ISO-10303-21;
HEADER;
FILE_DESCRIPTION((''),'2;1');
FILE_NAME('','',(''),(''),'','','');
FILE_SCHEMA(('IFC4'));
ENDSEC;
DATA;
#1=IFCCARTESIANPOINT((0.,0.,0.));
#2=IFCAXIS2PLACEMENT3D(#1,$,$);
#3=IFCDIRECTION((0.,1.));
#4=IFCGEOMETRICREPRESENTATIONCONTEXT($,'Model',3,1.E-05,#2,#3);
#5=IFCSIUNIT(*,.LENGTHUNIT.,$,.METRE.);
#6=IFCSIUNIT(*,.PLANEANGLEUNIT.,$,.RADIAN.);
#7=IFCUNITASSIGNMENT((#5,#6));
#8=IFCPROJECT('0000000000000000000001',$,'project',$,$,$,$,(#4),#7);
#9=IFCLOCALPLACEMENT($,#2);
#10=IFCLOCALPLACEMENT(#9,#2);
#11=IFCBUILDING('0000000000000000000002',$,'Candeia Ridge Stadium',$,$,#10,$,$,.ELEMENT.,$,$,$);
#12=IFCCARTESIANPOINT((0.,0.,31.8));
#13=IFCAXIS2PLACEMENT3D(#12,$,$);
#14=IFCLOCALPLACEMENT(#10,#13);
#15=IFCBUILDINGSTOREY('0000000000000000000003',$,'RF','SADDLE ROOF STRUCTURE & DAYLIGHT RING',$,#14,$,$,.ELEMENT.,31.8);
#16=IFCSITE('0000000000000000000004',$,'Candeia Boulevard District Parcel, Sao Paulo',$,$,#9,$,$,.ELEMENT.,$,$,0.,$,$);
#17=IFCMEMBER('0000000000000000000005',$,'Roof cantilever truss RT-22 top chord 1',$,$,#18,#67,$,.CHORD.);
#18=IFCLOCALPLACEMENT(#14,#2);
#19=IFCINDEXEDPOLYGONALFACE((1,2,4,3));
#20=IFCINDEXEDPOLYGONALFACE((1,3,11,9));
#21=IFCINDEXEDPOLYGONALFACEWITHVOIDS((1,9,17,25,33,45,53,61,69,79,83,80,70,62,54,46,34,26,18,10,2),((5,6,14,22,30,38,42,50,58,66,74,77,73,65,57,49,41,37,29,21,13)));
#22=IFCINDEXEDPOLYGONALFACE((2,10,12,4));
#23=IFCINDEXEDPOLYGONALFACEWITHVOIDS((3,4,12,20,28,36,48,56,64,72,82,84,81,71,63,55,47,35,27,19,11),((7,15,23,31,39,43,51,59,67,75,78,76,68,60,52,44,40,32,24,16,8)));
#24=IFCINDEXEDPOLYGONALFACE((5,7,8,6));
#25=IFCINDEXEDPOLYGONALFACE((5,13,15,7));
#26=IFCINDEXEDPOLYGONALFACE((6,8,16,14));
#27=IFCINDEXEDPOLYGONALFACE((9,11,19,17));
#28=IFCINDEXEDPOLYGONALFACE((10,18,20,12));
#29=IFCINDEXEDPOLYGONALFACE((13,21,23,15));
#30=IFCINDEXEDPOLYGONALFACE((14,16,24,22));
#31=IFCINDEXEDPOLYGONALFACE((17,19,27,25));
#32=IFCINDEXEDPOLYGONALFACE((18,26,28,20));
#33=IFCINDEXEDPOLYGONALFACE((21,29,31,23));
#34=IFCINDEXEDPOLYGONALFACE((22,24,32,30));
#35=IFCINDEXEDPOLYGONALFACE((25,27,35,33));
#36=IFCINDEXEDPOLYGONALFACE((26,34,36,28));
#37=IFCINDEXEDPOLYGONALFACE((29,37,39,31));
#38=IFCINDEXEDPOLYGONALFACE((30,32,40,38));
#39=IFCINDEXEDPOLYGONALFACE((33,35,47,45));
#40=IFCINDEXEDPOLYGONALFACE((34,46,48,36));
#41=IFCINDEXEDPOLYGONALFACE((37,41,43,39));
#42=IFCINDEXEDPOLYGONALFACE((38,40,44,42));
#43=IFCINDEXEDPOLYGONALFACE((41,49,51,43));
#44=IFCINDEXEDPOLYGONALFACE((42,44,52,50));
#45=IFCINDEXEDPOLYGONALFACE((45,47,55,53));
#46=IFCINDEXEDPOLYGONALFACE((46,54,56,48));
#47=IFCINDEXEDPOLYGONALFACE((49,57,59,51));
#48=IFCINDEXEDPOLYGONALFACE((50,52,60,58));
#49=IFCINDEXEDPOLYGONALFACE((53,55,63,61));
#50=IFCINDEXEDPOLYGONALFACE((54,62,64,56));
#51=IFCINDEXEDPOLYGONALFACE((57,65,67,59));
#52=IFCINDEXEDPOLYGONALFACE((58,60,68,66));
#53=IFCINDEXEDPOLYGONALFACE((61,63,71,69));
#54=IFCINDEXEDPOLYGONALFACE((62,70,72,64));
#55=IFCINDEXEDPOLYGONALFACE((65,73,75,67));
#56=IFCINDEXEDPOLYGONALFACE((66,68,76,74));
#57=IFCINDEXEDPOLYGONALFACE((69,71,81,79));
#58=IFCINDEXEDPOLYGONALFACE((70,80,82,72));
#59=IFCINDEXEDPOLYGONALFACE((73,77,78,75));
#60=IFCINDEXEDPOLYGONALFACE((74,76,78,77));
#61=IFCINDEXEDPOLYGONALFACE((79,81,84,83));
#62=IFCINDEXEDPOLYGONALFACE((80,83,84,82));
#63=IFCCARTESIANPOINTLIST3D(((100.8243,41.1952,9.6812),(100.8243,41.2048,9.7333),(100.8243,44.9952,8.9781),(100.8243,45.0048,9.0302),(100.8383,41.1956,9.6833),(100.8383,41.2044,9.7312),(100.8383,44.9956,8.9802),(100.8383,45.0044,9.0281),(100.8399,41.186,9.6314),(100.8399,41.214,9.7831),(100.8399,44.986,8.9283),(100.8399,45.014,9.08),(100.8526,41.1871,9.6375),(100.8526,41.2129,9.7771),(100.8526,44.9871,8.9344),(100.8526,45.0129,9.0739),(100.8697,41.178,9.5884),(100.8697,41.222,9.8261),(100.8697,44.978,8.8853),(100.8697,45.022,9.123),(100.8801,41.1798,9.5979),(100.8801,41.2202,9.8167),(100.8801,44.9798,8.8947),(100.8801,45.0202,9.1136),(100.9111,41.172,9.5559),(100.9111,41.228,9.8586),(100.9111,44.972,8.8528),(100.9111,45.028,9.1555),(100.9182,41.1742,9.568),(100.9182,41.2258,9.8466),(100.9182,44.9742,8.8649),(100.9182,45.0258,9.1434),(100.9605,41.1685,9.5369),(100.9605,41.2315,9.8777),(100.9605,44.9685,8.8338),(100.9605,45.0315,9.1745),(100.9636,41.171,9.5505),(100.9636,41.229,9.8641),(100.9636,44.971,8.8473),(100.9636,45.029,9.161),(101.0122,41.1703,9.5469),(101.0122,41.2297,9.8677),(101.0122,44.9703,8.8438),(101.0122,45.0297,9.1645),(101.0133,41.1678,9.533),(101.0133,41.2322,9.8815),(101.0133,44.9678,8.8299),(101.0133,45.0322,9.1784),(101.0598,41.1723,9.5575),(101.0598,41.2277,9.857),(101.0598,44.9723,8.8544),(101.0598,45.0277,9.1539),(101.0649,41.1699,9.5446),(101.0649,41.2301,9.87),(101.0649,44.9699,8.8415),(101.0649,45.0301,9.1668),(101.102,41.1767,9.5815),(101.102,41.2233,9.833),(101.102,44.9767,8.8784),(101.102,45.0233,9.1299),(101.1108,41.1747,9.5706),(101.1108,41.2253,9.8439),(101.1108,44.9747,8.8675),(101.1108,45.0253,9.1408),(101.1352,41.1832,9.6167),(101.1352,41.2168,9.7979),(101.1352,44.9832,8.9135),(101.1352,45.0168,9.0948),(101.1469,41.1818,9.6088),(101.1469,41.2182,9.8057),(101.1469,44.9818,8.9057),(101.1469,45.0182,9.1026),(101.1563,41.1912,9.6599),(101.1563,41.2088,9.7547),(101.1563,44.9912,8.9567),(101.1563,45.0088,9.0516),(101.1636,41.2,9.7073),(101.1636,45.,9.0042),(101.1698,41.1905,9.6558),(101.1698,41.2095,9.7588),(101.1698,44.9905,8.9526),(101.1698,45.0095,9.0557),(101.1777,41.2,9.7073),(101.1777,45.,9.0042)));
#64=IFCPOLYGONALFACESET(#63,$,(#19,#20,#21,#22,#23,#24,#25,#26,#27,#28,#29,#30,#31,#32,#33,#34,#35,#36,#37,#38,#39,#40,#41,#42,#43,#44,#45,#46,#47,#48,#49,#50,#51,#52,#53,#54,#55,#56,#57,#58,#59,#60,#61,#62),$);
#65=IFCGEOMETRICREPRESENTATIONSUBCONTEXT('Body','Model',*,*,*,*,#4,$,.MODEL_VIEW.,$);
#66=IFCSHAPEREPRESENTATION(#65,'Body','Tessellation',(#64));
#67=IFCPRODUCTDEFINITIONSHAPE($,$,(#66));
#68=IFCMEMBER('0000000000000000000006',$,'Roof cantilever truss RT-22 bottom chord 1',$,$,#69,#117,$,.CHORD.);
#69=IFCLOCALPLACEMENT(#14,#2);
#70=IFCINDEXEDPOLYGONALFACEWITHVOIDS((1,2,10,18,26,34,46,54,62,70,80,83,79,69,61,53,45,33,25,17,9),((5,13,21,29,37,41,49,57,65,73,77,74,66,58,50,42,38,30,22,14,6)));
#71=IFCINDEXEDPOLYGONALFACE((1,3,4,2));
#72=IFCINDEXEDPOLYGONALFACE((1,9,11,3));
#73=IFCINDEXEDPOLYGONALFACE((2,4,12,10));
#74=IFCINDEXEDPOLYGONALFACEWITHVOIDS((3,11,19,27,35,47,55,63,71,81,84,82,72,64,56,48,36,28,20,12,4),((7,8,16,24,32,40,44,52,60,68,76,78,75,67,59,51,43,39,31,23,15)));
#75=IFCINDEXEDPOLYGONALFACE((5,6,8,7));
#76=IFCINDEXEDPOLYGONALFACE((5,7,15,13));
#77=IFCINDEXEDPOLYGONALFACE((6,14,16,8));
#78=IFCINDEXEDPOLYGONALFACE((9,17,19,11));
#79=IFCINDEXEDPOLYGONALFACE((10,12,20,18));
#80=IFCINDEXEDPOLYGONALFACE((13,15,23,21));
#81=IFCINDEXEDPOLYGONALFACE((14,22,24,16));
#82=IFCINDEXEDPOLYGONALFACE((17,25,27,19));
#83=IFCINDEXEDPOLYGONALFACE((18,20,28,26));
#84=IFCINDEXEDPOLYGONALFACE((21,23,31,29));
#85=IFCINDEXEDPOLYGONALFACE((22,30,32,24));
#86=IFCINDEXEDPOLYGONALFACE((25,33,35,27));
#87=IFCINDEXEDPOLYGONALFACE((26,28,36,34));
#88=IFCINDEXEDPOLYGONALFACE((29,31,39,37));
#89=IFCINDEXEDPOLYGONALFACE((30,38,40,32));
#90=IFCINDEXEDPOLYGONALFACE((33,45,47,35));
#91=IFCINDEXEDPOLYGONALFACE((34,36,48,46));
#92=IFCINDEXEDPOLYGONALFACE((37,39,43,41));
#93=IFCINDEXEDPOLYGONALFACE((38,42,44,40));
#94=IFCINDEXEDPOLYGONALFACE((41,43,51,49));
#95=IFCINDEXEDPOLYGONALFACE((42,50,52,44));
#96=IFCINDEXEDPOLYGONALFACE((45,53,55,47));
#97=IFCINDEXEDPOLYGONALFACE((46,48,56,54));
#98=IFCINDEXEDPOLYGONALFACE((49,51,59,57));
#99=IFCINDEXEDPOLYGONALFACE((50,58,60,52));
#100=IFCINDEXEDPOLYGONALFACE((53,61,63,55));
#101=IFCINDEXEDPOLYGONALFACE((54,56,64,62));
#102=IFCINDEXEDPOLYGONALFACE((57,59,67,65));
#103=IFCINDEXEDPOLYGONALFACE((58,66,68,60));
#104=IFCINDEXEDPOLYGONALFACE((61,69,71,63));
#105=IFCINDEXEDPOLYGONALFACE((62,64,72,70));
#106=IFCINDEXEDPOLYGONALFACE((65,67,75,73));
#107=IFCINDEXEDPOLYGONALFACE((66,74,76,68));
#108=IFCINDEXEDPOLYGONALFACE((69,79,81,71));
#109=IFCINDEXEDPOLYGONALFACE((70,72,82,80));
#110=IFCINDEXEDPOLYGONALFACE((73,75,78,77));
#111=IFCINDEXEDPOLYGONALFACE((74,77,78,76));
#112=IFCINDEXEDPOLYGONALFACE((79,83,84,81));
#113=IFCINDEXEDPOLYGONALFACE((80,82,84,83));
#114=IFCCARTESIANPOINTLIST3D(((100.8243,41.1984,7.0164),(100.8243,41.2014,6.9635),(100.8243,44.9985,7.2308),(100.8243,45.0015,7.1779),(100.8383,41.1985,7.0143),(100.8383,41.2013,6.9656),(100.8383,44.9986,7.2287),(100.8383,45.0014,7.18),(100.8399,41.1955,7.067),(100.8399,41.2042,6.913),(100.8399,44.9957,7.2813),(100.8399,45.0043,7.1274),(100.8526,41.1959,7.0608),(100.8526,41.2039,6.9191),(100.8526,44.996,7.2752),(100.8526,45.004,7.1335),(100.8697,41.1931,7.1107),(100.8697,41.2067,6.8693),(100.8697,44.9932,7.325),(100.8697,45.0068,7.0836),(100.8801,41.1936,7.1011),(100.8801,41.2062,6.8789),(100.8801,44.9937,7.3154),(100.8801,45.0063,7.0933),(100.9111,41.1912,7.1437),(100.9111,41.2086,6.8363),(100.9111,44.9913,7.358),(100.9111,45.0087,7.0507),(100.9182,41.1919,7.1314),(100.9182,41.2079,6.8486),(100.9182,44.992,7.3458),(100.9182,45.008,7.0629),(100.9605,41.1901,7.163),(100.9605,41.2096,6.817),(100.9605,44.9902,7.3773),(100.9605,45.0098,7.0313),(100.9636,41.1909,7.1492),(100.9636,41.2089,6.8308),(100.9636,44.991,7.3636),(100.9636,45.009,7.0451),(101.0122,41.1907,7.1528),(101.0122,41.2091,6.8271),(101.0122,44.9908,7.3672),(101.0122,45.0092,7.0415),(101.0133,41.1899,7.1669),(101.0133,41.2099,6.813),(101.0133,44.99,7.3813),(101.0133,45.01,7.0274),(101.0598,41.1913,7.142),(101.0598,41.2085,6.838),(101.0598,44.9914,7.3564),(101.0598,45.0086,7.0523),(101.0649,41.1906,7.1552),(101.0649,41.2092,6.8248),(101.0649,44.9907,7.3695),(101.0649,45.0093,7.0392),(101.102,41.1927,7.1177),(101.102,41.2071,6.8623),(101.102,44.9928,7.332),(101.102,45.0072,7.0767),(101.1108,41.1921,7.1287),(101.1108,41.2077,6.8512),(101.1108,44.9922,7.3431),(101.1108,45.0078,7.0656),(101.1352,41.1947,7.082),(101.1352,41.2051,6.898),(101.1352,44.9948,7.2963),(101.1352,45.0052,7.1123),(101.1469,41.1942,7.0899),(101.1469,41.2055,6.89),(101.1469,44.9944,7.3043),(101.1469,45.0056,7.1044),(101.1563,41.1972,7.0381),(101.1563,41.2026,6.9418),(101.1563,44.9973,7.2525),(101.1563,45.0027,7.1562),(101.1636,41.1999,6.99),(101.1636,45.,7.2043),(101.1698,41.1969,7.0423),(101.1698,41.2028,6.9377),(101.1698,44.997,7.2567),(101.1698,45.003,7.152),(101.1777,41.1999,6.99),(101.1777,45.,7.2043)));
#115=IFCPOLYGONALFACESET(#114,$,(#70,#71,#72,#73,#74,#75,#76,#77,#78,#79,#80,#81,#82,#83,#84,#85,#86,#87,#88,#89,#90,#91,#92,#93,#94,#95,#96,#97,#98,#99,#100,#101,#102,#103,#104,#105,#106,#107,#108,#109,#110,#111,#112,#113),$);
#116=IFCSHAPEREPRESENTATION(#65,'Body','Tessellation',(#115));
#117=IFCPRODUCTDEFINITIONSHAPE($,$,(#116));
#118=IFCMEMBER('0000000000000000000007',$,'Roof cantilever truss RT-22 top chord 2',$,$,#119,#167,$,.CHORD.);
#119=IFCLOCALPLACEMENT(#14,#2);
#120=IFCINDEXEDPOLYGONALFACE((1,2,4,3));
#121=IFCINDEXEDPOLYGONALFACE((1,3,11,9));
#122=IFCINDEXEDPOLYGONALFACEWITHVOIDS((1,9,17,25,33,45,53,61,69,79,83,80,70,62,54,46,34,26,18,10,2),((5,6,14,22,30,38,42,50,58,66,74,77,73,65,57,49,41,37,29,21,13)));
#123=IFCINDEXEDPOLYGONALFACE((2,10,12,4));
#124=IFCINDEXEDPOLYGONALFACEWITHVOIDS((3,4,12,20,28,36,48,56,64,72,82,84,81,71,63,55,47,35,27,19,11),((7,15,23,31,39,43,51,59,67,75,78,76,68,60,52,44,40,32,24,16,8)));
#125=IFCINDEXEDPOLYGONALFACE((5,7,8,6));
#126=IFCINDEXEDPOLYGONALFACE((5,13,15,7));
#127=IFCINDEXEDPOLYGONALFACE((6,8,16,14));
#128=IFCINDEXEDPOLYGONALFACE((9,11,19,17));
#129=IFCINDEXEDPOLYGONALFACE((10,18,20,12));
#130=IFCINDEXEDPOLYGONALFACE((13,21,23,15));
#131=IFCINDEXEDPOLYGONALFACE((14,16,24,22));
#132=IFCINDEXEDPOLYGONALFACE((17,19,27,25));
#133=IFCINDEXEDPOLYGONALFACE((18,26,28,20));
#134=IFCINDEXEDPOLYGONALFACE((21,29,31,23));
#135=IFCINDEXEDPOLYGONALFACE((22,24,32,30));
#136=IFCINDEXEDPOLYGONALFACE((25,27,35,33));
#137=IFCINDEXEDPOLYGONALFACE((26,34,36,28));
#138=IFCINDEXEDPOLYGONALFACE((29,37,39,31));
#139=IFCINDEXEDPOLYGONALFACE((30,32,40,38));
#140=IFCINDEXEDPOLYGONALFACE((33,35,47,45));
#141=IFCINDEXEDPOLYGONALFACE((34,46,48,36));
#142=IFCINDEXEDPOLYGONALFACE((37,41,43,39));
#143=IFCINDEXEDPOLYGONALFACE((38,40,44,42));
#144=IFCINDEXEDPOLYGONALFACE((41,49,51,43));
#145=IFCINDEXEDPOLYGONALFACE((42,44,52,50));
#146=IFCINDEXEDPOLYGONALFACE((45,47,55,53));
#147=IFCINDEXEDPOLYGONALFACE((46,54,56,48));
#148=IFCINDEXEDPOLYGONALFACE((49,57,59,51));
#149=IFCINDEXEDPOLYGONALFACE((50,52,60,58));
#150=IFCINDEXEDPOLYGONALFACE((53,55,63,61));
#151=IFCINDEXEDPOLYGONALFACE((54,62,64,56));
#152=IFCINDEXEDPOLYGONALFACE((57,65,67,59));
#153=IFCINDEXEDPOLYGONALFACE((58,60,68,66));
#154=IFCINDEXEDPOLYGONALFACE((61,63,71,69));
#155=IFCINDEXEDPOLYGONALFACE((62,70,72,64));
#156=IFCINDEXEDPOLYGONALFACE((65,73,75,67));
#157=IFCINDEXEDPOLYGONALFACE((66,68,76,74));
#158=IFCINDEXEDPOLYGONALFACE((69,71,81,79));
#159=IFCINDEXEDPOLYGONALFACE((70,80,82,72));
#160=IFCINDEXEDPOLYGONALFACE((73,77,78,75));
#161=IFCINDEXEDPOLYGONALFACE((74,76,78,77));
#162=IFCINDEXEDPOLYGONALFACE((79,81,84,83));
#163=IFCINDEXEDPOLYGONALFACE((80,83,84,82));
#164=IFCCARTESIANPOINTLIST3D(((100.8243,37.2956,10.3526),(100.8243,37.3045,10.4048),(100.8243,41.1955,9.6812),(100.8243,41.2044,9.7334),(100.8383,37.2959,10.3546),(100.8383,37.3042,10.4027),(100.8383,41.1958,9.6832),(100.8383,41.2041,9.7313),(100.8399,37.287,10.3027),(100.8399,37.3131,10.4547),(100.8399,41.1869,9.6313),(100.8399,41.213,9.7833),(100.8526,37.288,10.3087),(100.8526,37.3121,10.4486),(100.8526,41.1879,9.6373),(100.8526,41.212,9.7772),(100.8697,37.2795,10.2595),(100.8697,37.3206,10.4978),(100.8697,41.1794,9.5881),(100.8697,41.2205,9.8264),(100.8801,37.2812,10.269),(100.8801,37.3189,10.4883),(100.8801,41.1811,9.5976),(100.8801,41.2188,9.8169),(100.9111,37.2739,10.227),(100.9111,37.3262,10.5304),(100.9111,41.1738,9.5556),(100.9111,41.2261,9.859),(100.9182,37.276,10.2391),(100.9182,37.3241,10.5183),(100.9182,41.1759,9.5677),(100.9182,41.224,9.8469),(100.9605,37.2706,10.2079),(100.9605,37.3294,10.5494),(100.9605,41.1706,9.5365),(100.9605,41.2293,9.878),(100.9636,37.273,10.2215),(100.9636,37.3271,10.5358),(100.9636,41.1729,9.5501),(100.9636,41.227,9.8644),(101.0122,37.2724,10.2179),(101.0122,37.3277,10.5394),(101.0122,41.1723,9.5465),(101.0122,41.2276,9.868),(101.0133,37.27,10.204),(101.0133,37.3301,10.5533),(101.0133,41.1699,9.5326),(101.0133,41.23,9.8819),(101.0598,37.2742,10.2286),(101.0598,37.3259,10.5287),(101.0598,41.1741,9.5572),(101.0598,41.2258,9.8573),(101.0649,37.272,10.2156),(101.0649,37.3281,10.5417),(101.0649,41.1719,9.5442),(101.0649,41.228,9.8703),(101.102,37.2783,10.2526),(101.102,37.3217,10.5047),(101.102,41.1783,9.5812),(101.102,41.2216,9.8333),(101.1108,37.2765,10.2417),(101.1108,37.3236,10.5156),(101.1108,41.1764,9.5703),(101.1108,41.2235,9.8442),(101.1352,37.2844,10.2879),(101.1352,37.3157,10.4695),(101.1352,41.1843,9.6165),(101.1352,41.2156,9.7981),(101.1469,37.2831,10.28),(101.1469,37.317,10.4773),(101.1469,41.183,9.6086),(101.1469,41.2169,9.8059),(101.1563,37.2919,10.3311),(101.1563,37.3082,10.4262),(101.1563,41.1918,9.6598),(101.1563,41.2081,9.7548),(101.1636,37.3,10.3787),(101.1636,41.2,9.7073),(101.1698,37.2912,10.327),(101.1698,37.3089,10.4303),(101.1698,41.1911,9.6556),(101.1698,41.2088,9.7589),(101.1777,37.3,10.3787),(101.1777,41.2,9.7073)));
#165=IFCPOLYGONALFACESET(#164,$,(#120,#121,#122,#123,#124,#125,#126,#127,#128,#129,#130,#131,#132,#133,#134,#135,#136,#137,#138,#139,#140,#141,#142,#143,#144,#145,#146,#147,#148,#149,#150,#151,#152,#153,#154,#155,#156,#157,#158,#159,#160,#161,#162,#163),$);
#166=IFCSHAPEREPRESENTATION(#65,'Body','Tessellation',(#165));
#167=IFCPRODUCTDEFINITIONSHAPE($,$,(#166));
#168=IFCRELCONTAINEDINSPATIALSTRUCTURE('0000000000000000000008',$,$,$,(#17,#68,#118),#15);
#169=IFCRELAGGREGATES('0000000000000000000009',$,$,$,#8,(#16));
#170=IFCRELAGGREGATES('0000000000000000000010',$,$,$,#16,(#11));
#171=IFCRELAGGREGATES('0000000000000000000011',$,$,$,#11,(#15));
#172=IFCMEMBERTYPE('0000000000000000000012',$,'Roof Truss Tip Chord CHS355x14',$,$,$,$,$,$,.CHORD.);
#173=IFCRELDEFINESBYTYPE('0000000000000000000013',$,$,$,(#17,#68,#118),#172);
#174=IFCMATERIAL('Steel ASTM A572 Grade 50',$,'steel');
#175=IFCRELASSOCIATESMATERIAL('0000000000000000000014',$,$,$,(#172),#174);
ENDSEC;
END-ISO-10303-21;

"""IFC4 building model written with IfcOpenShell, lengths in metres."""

from ifc_helpers import new_model, si_unit, direction, frame, origin, origin_2d, place, context, subcontext, project, spatial, hollow_circle, extrude, material, material_profile, profile_set, type_object, element, save


model = new_model("IFC4")

# Units and contexts
model_context = context("Model", 3, precision=1e-05, world=origin(), true_north=direction((0.0, 1.0)))
body_context = subcontext(model_context, "Body", "Model", "MODEL_VIEW")
ifc_project = project(units=[si_unit("LENGTHUNIT", "METRE"), si_unit("PLANEANGLEUNIT", "RADIAN")], contexts=[model_context])

# Site, building, storey
site_placement = place(None, origin())
site = spatial("IfcSite", under=ifc_project, at=site_placement, Name="Candeia Boulevard District Parcel, Sao Paulo", CompositionType="ELEMENT", RefElevation=0.0)
building_placement = place(site_placement, origin())
building = spatial("IfcBuilding", under=site, at=building_placement, Name="Candeia Ridge Stadium", CompositionType="ELEMENT")
storey_placement = place(building_placement, frame((0.0, 0.0, 31.8)))
storey = spatial("IfcBuildingStorey", under=building, at=storey_placement, Name="RF", Description="SADDLE ROOF STRUCTURE & DAYLIGHT RING", CompositionType="ELEMENT", Elevation=31.8)

# Shared definitions
ifc_material_1 = material(Name="Steel ASTM A572 Grade 50", Category="steel")

# Members
ifc_material_profile_1 = material_profile(ifc_material_1, hollow_circle(Radius=0.1777, WallThickness=0.0142, at=origin_2d()), Name="CHS355x14", Category="steel")
ifc_profile_set_1 = profile_set([ifc_material_profile_1], Name="Steel ASTM A572 Grade 50")
member_type_1 = type_object("IfcMemberType", Name="Roof Truss Tip Chord CHS355x14", PredefinedType="CHORD", material=ifc_profile_set_1)
member_1_placement = place(storey_placement, frame((101.0, 45.0, 9.0042), z_axis=(0.0, -0.983309, 0.181942), x_axis=(1.0, 0.0, 0.0)))
element("IfcMember", 1, at=member_1_placement, inside=storey, type_object=member_type_1, Name="Roof cantilever truss RT-22 top chord 1", PredefinedType="CHORD", context=body_context, shape_type="SweptSolid", body=[
    extrude(hollow_circle(Radius=0.1777, WallThickness=0.0142, at=origin_2d()), origin(), (0.0, 0.0, 1.0), 3.8645),
])
member_2_placement = place(storey_placement, frame((101.0, 45.0, 7.2043), z_axis=(0.0, -0.998413, -0.056319), x_axis=(1.0, 0.0, 0.0)))
element("IfcMember", 2, at=member_2_placement, inside=storey, type_object=member_type_1, Name="Roof cantilever truss RT-22 bottom chord 1", PredefinedType="CHORD", context=body_context, shape_type="SweptSolid", body=[
    extrude(hollow_circle(Radius=0.1777, WallThickness=0.0142, at=origin_2d()), origin(), (0.0, 0.0, 1.0), 3.8062),
])
member_3_placement = place(storey_placement, frame((101.0, 41.2, 9.7073), z_axis=(0.0, -0.985503, 0.169659), x_axis=(1.0, 0.0, 0.0)))
element("IfcMember", 3, at=member_3_placement, inside=storey, type_object=member_type_1, Name="Roof cantilever truss RT-22 top chord 2", PredefinedType="CHORD", context=body_context, shape_type="SweptSolid", body=[
    extrude(hollow_circle(Radius=0.1777, WallThickness=0.0142, at=origin_2d()), origin(), (0.0, 0.0, 1.0), 3.9573),
])

save(model, "model.ifc")
